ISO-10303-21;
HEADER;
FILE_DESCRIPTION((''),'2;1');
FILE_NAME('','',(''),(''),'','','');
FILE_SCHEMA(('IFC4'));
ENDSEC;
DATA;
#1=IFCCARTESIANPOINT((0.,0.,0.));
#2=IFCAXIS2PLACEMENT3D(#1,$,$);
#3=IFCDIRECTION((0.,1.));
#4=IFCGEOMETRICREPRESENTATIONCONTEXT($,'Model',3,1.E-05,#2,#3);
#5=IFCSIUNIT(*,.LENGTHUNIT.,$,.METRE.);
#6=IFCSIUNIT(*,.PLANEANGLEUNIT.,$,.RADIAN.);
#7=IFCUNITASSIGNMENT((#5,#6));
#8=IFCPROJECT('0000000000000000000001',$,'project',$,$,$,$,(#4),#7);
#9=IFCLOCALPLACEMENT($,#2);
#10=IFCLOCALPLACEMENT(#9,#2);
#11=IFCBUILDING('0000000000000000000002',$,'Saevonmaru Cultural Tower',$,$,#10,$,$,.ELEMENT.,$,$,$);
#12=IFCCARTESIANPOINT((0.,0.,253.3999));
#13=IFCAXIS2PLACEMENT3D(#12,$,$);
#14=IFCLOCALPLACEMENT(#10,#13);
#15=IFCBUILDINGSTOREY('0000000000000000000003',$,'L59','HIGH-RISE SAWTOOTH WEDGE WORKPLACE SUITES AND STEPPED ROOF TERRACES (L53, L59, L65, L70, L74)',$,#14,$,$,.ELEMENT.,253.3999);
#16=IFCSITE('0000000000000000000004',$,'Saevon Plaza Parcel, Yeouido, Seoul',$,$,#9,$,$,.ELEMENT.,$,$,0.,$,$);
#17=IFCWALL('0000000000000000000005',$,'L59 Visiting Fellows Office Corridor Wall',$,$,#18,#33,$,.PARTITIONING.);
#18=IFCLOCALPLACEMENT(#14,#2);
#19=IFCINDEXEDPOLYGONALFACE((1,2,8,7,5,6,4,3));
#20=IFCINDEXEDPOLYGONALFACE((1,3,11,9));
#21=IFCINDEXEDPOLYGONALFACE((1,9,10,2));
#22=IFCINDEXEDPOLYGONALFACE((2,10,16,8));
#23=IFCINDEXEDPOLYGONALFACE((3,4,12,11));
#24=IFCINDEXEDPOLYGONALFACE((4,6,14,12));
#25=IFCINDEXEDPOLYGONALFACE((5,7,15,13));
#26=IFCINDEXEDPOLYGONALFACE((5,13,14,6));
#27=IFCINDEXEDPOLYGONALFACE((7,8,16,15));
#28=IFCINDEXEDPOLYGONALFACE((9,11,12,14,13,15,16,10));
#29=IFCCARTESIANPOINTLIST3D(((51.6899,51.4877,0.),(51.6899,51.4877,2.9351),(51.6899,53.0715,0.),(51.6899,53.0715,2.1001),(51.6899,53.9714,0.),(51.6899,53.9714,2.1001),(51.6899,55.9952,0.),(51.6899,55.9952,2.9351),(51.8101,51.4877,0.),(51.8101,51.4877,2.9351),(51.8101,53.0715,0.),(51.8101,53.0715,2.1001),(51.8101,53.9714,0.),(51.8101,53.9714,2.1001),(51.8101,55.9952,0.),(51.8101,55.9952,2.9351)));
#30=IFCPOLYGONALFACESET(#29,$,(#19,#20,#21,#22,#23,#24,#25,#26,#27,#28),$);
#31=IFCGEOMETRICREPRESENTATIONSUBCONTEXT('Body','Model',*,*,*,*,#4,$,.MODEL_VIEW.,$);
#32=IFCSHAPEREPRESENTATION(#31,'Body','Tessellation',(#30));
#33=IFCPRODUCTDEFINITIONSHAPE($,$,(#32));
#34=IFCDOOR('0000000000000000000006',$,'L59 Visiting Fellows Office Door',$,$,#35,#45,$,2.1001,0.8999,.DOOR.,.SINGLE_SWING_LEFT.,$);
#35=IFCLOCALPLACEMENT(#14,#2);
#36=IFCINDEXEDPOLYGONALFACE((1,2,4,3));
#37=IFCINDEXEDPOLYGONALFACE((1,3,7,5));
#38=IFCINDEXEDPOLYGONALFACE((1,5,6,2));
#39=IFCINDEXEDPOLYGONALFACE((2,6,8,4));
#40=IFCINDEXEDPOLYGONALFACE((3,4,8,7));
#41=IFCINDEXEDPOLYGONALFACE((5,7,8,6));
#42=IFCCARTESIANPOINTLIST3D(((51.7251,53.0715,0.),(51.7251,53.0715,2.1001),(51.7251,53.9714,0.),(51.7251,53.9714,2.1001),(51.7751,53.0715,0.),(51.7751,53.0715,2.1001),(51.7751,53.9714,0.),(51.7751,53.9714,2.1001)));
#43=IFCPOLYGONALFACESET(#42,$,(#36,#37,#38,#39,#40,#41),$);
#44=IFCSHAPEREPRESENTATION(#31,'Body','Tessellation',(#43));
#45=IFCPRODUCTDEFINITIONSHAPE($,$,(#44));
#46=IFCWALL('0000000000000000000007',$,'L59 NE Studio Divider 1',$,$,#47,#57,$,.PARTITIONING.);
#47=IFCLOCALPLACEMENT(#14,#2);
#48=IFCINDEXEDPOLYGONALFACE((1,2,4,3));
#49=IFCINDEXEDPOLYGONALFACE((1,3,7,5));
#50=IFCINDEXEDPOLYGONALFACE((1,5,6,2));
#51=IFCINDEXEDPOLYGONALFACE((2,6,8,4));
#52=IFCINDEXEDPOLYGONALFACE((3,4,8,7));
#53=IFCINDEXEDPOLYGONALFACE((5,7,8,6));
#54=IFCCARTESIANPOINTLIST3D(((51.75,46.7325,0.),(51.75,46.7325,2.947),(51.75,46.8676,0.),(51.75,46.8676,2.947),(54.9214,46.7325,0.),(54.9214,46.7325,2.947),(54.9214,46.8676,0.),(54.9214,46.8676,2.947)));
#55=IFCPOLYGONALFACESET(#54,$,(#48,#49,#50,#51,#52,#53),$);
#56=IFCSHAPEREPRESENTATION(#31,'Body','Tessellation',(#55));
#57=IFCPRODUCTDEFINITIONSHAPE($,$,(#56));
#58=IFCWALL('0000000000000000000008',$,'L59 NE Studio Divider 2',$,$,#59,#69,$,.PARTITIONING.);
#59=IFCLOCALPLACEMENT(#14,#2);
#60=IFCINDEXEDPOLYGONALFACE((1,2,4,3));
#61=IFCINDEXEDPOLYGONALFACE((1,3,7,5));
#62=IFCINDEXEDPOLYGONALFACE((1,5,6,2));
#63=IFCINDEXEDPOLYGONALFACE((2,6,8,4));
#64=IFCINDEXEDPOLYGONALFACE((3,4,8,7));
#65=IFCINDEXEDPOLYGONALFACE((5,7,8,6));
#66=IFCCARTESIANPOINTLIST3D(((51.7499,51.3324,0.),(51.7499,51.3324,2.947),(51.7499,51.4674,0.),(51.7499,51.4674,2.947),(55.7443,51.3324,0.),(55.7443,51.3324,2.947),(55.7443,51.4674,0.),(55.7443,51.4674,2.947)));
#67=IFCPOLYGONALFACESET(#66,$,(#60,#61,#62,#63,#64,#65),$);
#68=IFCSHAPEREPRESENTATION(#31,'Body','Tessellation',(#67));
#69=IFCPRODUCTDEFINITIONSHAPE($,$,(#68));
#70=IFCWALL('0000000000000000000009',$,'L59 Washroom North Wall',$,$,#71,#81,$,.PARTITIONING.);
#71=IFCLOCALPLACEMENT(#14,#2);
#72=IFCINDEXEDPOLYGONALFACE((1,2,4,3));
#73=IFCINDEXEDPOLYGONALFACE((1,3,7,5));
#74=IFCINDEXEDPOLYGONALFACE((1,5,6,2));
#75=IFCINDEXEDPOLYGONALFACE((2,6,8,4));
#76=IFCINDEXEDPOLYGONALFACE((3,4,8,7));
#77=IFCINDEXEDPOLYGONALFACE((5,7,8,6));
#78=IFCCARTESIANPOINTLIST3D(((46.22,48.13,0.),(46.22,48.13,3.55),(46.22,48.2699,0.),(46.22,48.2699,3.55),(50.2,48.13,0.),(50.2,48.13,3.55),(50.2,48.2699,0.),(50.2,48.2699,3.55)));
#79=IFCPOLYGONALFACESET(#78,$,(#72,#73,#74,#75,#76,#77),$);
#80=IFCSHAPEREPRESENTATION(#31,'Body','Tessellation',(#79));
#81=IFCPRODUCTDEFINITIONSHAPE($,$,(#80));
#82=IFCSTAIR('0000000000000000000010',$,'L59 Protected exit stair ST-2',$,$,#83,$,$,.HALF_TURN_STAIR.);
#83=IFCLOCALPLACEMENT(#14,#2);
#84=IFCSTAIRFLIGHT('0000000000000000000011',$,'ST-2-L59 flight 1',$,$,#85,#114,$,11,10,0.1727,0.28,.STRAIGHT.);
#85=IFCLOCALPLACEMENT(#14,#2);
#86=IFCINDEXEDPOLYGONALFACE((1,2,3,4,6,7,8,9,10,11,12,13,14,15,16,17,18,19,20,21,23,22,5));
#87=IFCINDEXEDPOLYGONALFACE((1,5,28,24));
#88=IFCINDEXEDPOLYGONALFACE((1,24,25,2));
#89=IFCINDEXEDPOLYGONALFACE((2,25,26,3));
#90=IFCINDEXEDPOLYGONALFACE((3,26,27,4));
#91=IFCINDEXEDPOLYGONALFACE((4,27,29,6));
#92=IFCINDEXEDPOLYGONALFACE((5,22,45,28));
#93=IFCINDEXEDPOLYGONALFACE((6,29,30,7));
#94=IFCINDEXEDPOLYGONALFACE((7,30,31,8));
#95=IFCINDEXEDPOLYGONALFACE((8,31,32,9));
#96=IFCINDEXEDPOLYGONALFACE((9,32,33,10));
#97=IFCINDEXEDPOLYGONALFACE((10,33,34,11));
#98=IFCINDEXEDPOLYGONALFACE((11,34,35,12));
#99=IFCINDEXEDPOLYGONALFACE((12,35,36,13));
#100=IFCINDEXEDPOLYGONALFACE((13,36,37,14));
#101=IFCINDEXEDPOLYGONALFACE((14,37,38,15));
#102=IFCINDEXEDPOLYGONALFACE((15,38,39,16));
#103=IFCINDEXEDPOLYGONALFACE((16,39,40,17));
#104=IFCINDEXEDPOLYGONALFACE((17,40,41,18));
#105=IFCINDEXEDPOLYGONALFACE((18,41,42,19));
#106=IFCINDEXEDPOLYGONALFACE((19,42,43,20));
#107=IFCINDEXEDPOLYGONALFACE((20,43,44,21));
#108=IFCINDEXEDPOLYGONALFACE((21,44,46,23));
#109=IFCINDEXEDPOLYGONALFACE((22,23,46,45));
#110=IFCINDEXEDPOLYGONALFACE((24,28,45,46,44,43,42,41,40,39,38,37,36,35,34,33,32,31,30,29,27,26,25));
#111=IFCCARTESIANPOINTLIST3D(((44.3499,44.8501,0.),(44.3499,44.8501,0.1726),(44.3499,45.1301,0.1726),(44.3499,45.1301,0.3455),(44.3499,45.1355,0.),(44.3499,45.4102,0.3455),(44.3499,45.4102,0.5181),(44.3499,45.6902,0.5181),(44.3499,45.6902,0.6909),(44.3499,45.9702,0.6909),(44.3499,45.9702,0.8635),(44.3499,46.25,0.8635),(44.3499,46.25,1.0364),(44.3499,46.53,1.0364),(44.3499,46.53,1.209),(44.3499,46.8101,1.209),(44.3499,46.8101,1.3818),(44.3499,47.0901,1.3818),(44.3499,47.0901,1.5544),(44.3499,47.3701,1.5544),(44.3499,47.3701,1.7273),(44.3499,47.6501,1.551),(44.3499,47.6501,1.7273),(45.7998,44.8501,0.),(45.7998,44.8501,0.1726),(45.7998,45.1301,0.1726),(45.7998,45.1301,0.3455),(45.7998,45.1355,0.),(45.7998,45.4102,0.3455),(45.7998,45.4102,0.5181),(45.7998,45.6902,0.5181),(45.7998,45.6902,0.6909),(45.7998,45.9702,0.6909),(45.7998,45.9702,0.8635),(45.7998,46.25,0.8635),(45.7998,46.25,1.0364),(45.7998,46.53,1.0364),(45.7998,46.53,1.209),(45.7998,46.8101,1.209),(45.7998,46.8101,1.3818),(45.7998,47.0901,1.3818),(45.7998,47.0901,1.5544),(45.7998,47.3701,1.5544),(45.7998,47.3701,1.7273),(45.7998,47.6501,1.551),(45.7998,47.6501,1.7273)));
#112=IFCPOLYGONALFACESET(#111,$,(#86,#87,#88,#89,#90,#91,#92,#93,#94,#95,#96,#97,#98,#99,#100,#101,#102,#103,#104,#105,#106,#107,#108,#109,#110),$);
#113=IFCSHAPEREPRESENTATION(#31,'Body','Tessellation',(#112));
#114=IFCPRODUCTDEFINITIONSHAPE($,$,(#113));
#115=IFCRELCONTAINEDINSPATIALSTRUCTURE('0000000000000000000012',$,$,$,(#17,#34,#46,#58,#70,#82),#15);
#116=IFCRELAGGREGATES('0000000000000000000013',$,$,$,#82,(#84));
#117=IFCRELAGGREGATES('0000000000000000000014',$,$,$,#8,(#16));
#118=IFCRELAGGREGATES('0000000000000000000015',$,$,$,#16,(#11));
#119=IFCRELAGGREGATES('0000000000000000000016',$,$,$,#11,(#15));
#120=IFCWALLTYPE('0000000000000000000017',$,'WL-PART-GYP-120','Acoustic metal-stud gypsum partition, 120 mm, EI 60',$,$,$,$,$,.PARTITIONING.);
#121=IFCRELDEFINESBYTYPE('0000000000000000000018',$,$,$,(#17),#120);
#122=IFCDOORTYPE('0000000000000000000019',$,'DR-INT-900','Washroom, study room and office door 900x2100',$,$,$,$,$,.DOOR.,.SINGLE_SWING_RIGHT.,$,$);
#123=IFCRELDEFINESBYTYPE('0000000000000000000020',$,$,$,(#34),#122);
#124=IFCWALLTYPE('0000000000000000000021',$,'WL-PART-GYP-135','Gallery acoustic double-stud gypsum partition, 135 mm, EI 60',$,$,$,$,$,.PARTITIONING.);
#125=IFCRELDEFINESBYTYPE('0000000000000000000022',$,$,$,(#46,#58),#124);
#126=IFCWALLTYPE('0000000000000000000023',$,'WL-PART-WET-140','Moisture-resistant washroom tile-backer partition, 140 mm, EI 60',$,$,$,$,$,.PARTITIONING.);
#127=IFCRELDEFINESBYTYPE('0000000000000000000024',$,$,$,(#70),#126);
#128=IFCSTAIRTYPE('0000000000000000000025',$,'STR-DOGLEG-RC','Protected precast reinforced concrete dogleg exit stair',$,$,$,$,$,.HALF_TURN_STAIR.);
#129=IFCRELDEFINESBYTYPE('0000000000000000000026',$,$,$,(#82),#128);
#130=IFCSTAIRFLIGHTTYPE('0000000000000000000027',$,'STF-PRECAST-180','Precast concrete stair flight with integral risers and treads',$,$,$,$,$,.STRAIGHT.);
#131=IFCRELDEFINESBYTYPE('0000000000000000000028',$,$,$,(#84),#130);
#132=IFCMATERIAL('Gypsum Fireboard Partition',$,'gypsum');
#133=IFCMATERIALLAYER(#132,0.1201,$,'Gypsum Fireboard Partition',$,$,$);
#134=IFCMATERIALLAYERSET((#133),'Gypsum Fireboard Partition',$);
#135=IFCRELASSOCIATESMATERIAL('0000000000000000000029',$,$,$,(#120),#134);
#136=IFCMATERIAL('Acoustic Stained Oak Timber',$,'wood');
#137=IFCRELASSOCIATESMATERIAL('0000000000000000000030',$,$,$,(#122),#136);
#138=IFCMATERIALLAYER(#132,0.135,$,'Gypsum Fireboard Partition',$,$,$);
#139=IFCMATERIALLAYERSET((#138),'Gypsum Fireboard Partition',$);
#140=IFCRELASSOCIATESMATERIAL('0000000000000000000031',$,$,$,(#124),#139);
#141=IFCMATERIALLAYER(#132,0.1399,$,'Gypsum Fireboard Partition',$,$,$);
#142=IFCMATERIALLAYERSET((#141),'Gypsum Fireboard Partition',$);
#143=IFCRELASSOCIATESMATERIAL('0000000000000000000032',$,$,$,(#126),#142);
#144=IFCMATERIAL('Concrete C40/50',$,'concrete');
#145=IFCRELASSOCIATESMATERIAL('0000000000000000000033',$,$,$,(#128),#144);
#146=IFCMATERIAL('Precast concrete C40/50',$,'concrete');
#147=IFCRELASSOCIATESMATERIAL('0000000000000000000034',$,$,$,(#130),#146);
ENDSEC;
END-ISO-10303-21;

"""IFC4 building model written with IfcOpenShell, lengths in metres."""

from ifc_helpers import new_model, si_unit, direction, frame, frame_2d, origin, place, context, subcontext, project, spatial, polyline, rectangle, outline, extrude, material, layer, layer_set, type_object, element, fill, aggregate, save


model = new_model("IFC4")

# Units and contexts
model_context = context("Model", 3, precision=1e-05, world=origin(), true_north=direction((0.0, 1.0)))
body_context = subcontext(model_context, "Body", "Model", "MODEL_VIEW")
ifc_project = project(units=[si_unit("LENGTHUNIT", "METRE"), si_unit("PLANEANGLEUNIT", "RADIAN")], contexts=[model_context])

# Site, building, storey
site_placement = place(None, origin())
site = spatial("IfcSite", under=ifc_project, at=site_placement, Name="Saevon Plaza Parcel, Yeouido, Seoul", CompositionType="ELEMENT", RefElevation=0.0)
building_placement = place(site_placement, origin())
building = spatial("IfcBuilding", under=site, at=building_placement, Name="Saevonmaru Cultural Tower", CompositionType="ELEMENT")
storey_placement = place(building_placement, frame((0.0, 0.0, 253.3999)))
storey = spatial("IfcBuildingStorey", under=building, at=storey_placement, Name="L59", Description="HIGH-RISE SAWTOOTH WEDGE WORKPLACE SUITES AND STEPPED ROOF TERRACES (L53, L59, L65, L70, L74)", CompositionType="ELEMENT", Elevation=253.3999)

# Shared definitions
ifc_material_1 = material(Name="Gypsum Fireboard Partition", Category="gypsum")
ifc_material_2 = material(Name="Acoustic Stained Oak Timber", Category="wood")

# Shared definitions
ifc_layer_1 = layer(ifc_material_1, 0.1201, Name="Gypsum Fireboard Partition")
ifc_layer_set_1 = layer_set([ifc_layer_1], Name="Gypsum Fireboard Partition")
wall_type_1 = type_object("IfcWallType", Name="WL-PART-GYP-120", Description="Acoustic metal-stud gypsum partition, 120 mm, EI 60", PredefinedType="PARTITIONING", material=ifc_layer_set_1)

# Wall, opening, door
wall_1_placement = place(storey_placement, frame((51.75, 51.4875, 0.0), z_axis=(0.0, 0.0, 1.0), x_axis=(0.0, 1.0, 0.0)))
wall_1 = element("IfcWall", 1, at=wall_1_placement, inside=storey, type_object=wall_type_1, Name="L59 Visiting Fellows Office Corridor Wall", PredefinedType="PARTITIONING", context=body_context, shape_type="SweptSolid", body=[
    extrude(rectangle(XDim=4.5076, YDim=0.1201, at=frame_2d((2.2539, 0.0))), origin(), (0.0, 0.0, 1.0), 2.9351),
])
opening_1_placement = place(wall_1_placement, frame((1.584, 0.0, 0.0)))
opening_1 = element("IfcOpeningElement", 2, at=opening_1_placement, cuts=wall_1, PredefinedType="OPENING", context=body_context, shape_type="SweptSolid", body=[
    extrude(rectangle(XDim=0.8999, YDim=2.1001, at=frame_2d((0.45, 1.05))), frame((0.0, 0.0701, 0.0), z_axis=(0.0, -1.0, 0.0), x_axis=(1.0, 0.0, 0.0)), (0.0, 0.0, 1.0), 0.1401),
])
door_type_1 = type_object("IfcDoorType", Name="DR-INT-900", Description="Washroom, study room and office door 900x2100", OperationType="SINGLE_SWING_RIGHT", PredefinedType="DOOR", material=ifc_material_2)
door_1_placement = place(opening_1_placement, origin())
door_1 = element("IfcDoor", 3, at=door_1_placement, inside=storey, type_object=door_type_1, Name="L59 Visiting Fellows Office Door", OperationType="SINGLE_SWING_LEFT", OverallHeight=2.1001, OverallWidth=0.8999, PredefinedType="DOOR", context=body_context, shape_type="SweptSolid", body=[
    extrude(rectangle(XDim=0.8999, YDim=2.1001, at=frame_2d((0.45, 1.05))), frame((0.0, 0.0249, 0.0), z_axis=(0.0, -1.0, 0.0), x_axis=(1.0, 0.0, 0.0)), (0.0, 0.0, 1.0), 0.05),
])
fill(opening_1, door_1)

# Walls
ifc_layer_2 = layer(ifc_material_1, 0.135, Name="Gypsum Fireboard Partition")
ifc_layer_set_2 = layer_set([ifc_layer_2], Name="Gypsum Fireboard Partition")
wall_type_2 = type_object("IfcWallType", Name="WL-PART-GYP-135", Description="Gallery acoustic double-stud gypsum partition, 135 mm, EI 60", PredefinedType="PARTITIONING", material=ifc_layer_set_2)
wall_2_placement = place(storey_placement, frame((51.75, 46.8, 0.0), z_axis=(0.0, 0.0, 1.0), x_axis=(1.0, 0.0, 0.0)))
element("IfcWall", 4, at=wall_2_placement, inside=storey, type_object=wall_type_2, Name="L59 NE Studio Divider 1", PredefinedType="PARTITIONING", context=body_context, shape_type="SweptSolid", body=[
    extrude(rectangle(XDim=3.1714, YDim=0.135, at=frame_2d((1.5857, 0.0))), origin(), (0.0, 0.0, 1.0), 2.947),
])
wall_3_placement = place(storey_placement, frame((51.75, 51.3999, 0.0), z_axis=(0.0, 0.0, 1.0), x_axis=(1.0, 0.0, 0.0)))
element("IfcWall", 5, at=wall_3_placement, inside=storey, type_object=wall_type_2, Name="L59 NE Studio Divider 2", PredefinedType="PARTITIONING", context=body_context, shape_type="SweptSolid", body=[
    extrude(rectangle(XDim=3.9944, YDim=0.135, at=frame_2d((1.9971, 0.0))), origin(), (0.0, 0.0, 1.0), 2.947),
])
ifc_layer_3 = layer(ifc_material_1, 0.1399, Name="Gypsum Fireboard Partition")
ifc_layer_set_3 = layer_set([ifc_layer_3], Name="Gypsum Fireboard Partition")
wall_type_3 = type_object("IfcWallType", Name="WL-PART-WET-140", Description="Moisture-resistant washroom tile-backer partition, 140 mm, EI 60", PredefinedType="PARTITIONING", material=ifc_layer_set_3)
wall_4_placement = place(storey_placement, frame((46.22, 48.2, 0.0), z_axis=(0.0, 0.0, 1.0), x_axis=(1.0, 0.0, 0.0)))
element("IfcWall", 6, at=wall_4_placement, inside=storey, type_object=wall_type_3, Name="L59 Washroom North Wall", PredefinedType="PARTITIONING", context=body_context, shape_type="SweptSolid", body=[
    extrude(rectangle(XDim=3.98, YDim=0.1399, at=frame_2d((1.99, 0.0))), origin(), (0.0, 0.0, 1.0), 3.55),
])

# Stair, stair flight
ifc_material_3 = material(Name="Concrete C40/50", Category="concrete")
stair_type = type_object("IfcStairType", Name="STR-DOGLEG-RC", Description="Protected precast reinforced concrete dogleg exit stair", PredefinedType="HALF_TURN_STAIR", material=ifc_material_3)
stair_placement = place(storey_placement, origin())
stair = element("IfcStair", 7, at=stair_placement, inside=storey, type_object=stair_type, Name="L59 Protected exit stair ST-2", PredefinedType="HALF_TURN_STAIR")
ifc_material_4 = material(Name="Precast concrete C40/50", Category="concrete")
stair_flight_type = type_object("IfcStairFlightType", Name="STF-PRECAST-180", Description="Precast concrete stair flight with integral risers and treads", PredefinedType="STRAIGHT", material=ifc_material_4)
stair_flight_placement = place(storey_placement, frame((45.075, 44.8501, 0.0), z_axis=(0.0, 0.0, 1.0), x_axis=(0.0, 1.0, 0.0)))
stair_flight = element("IfcStairFlight", 8, at=stair_flight_placement, type_object=stair_flight_type, Name="ST-2-L59 flight 1", NumberOfRisers=11, NumberOfTreads=10, PredefinedType="STRAIGHT", RiserHeight=0.1727, TreadLength=0.28, context=body_context, shape_type="SweptSolid", body=[
    extrude(outline(polyline([(0.0, 0.0), (0.0, 0.1726), (0.28, 0.1726), (0.28, 0.3455), (0.5601, 0.3455), (0.5601, 0.5181), (0.8401, 0.5181), (0.8401, 0.6909), (1.1201, 0.6909), (1.1201, 0.8635), (1.3999, 0.8635), (1.3999, 1.0364), (1.6799, 1.0364), (1.6799, 1.209), (1.96, 1.209), (1.96, 1.3818), (2.24, 1.3818), (2.24, 1.5544), (2.52, 1.5544), (2.52, 1.7273), (2.8, 1.7273), (2.8, 1.8999), (2.8, 1.551), (0.2854, 0.0), (0.0, 0.0)])), frame((0.0, 0.7251, 0.0), z_axis=(0.0, -1.0, 0.0), x_axis=(1.0, 0.0, 0.0)), (0.0, 0.0, 1.0), 1.45),
])
aggregate(stair, [stair_flight])

save(model, "model.ifc")
